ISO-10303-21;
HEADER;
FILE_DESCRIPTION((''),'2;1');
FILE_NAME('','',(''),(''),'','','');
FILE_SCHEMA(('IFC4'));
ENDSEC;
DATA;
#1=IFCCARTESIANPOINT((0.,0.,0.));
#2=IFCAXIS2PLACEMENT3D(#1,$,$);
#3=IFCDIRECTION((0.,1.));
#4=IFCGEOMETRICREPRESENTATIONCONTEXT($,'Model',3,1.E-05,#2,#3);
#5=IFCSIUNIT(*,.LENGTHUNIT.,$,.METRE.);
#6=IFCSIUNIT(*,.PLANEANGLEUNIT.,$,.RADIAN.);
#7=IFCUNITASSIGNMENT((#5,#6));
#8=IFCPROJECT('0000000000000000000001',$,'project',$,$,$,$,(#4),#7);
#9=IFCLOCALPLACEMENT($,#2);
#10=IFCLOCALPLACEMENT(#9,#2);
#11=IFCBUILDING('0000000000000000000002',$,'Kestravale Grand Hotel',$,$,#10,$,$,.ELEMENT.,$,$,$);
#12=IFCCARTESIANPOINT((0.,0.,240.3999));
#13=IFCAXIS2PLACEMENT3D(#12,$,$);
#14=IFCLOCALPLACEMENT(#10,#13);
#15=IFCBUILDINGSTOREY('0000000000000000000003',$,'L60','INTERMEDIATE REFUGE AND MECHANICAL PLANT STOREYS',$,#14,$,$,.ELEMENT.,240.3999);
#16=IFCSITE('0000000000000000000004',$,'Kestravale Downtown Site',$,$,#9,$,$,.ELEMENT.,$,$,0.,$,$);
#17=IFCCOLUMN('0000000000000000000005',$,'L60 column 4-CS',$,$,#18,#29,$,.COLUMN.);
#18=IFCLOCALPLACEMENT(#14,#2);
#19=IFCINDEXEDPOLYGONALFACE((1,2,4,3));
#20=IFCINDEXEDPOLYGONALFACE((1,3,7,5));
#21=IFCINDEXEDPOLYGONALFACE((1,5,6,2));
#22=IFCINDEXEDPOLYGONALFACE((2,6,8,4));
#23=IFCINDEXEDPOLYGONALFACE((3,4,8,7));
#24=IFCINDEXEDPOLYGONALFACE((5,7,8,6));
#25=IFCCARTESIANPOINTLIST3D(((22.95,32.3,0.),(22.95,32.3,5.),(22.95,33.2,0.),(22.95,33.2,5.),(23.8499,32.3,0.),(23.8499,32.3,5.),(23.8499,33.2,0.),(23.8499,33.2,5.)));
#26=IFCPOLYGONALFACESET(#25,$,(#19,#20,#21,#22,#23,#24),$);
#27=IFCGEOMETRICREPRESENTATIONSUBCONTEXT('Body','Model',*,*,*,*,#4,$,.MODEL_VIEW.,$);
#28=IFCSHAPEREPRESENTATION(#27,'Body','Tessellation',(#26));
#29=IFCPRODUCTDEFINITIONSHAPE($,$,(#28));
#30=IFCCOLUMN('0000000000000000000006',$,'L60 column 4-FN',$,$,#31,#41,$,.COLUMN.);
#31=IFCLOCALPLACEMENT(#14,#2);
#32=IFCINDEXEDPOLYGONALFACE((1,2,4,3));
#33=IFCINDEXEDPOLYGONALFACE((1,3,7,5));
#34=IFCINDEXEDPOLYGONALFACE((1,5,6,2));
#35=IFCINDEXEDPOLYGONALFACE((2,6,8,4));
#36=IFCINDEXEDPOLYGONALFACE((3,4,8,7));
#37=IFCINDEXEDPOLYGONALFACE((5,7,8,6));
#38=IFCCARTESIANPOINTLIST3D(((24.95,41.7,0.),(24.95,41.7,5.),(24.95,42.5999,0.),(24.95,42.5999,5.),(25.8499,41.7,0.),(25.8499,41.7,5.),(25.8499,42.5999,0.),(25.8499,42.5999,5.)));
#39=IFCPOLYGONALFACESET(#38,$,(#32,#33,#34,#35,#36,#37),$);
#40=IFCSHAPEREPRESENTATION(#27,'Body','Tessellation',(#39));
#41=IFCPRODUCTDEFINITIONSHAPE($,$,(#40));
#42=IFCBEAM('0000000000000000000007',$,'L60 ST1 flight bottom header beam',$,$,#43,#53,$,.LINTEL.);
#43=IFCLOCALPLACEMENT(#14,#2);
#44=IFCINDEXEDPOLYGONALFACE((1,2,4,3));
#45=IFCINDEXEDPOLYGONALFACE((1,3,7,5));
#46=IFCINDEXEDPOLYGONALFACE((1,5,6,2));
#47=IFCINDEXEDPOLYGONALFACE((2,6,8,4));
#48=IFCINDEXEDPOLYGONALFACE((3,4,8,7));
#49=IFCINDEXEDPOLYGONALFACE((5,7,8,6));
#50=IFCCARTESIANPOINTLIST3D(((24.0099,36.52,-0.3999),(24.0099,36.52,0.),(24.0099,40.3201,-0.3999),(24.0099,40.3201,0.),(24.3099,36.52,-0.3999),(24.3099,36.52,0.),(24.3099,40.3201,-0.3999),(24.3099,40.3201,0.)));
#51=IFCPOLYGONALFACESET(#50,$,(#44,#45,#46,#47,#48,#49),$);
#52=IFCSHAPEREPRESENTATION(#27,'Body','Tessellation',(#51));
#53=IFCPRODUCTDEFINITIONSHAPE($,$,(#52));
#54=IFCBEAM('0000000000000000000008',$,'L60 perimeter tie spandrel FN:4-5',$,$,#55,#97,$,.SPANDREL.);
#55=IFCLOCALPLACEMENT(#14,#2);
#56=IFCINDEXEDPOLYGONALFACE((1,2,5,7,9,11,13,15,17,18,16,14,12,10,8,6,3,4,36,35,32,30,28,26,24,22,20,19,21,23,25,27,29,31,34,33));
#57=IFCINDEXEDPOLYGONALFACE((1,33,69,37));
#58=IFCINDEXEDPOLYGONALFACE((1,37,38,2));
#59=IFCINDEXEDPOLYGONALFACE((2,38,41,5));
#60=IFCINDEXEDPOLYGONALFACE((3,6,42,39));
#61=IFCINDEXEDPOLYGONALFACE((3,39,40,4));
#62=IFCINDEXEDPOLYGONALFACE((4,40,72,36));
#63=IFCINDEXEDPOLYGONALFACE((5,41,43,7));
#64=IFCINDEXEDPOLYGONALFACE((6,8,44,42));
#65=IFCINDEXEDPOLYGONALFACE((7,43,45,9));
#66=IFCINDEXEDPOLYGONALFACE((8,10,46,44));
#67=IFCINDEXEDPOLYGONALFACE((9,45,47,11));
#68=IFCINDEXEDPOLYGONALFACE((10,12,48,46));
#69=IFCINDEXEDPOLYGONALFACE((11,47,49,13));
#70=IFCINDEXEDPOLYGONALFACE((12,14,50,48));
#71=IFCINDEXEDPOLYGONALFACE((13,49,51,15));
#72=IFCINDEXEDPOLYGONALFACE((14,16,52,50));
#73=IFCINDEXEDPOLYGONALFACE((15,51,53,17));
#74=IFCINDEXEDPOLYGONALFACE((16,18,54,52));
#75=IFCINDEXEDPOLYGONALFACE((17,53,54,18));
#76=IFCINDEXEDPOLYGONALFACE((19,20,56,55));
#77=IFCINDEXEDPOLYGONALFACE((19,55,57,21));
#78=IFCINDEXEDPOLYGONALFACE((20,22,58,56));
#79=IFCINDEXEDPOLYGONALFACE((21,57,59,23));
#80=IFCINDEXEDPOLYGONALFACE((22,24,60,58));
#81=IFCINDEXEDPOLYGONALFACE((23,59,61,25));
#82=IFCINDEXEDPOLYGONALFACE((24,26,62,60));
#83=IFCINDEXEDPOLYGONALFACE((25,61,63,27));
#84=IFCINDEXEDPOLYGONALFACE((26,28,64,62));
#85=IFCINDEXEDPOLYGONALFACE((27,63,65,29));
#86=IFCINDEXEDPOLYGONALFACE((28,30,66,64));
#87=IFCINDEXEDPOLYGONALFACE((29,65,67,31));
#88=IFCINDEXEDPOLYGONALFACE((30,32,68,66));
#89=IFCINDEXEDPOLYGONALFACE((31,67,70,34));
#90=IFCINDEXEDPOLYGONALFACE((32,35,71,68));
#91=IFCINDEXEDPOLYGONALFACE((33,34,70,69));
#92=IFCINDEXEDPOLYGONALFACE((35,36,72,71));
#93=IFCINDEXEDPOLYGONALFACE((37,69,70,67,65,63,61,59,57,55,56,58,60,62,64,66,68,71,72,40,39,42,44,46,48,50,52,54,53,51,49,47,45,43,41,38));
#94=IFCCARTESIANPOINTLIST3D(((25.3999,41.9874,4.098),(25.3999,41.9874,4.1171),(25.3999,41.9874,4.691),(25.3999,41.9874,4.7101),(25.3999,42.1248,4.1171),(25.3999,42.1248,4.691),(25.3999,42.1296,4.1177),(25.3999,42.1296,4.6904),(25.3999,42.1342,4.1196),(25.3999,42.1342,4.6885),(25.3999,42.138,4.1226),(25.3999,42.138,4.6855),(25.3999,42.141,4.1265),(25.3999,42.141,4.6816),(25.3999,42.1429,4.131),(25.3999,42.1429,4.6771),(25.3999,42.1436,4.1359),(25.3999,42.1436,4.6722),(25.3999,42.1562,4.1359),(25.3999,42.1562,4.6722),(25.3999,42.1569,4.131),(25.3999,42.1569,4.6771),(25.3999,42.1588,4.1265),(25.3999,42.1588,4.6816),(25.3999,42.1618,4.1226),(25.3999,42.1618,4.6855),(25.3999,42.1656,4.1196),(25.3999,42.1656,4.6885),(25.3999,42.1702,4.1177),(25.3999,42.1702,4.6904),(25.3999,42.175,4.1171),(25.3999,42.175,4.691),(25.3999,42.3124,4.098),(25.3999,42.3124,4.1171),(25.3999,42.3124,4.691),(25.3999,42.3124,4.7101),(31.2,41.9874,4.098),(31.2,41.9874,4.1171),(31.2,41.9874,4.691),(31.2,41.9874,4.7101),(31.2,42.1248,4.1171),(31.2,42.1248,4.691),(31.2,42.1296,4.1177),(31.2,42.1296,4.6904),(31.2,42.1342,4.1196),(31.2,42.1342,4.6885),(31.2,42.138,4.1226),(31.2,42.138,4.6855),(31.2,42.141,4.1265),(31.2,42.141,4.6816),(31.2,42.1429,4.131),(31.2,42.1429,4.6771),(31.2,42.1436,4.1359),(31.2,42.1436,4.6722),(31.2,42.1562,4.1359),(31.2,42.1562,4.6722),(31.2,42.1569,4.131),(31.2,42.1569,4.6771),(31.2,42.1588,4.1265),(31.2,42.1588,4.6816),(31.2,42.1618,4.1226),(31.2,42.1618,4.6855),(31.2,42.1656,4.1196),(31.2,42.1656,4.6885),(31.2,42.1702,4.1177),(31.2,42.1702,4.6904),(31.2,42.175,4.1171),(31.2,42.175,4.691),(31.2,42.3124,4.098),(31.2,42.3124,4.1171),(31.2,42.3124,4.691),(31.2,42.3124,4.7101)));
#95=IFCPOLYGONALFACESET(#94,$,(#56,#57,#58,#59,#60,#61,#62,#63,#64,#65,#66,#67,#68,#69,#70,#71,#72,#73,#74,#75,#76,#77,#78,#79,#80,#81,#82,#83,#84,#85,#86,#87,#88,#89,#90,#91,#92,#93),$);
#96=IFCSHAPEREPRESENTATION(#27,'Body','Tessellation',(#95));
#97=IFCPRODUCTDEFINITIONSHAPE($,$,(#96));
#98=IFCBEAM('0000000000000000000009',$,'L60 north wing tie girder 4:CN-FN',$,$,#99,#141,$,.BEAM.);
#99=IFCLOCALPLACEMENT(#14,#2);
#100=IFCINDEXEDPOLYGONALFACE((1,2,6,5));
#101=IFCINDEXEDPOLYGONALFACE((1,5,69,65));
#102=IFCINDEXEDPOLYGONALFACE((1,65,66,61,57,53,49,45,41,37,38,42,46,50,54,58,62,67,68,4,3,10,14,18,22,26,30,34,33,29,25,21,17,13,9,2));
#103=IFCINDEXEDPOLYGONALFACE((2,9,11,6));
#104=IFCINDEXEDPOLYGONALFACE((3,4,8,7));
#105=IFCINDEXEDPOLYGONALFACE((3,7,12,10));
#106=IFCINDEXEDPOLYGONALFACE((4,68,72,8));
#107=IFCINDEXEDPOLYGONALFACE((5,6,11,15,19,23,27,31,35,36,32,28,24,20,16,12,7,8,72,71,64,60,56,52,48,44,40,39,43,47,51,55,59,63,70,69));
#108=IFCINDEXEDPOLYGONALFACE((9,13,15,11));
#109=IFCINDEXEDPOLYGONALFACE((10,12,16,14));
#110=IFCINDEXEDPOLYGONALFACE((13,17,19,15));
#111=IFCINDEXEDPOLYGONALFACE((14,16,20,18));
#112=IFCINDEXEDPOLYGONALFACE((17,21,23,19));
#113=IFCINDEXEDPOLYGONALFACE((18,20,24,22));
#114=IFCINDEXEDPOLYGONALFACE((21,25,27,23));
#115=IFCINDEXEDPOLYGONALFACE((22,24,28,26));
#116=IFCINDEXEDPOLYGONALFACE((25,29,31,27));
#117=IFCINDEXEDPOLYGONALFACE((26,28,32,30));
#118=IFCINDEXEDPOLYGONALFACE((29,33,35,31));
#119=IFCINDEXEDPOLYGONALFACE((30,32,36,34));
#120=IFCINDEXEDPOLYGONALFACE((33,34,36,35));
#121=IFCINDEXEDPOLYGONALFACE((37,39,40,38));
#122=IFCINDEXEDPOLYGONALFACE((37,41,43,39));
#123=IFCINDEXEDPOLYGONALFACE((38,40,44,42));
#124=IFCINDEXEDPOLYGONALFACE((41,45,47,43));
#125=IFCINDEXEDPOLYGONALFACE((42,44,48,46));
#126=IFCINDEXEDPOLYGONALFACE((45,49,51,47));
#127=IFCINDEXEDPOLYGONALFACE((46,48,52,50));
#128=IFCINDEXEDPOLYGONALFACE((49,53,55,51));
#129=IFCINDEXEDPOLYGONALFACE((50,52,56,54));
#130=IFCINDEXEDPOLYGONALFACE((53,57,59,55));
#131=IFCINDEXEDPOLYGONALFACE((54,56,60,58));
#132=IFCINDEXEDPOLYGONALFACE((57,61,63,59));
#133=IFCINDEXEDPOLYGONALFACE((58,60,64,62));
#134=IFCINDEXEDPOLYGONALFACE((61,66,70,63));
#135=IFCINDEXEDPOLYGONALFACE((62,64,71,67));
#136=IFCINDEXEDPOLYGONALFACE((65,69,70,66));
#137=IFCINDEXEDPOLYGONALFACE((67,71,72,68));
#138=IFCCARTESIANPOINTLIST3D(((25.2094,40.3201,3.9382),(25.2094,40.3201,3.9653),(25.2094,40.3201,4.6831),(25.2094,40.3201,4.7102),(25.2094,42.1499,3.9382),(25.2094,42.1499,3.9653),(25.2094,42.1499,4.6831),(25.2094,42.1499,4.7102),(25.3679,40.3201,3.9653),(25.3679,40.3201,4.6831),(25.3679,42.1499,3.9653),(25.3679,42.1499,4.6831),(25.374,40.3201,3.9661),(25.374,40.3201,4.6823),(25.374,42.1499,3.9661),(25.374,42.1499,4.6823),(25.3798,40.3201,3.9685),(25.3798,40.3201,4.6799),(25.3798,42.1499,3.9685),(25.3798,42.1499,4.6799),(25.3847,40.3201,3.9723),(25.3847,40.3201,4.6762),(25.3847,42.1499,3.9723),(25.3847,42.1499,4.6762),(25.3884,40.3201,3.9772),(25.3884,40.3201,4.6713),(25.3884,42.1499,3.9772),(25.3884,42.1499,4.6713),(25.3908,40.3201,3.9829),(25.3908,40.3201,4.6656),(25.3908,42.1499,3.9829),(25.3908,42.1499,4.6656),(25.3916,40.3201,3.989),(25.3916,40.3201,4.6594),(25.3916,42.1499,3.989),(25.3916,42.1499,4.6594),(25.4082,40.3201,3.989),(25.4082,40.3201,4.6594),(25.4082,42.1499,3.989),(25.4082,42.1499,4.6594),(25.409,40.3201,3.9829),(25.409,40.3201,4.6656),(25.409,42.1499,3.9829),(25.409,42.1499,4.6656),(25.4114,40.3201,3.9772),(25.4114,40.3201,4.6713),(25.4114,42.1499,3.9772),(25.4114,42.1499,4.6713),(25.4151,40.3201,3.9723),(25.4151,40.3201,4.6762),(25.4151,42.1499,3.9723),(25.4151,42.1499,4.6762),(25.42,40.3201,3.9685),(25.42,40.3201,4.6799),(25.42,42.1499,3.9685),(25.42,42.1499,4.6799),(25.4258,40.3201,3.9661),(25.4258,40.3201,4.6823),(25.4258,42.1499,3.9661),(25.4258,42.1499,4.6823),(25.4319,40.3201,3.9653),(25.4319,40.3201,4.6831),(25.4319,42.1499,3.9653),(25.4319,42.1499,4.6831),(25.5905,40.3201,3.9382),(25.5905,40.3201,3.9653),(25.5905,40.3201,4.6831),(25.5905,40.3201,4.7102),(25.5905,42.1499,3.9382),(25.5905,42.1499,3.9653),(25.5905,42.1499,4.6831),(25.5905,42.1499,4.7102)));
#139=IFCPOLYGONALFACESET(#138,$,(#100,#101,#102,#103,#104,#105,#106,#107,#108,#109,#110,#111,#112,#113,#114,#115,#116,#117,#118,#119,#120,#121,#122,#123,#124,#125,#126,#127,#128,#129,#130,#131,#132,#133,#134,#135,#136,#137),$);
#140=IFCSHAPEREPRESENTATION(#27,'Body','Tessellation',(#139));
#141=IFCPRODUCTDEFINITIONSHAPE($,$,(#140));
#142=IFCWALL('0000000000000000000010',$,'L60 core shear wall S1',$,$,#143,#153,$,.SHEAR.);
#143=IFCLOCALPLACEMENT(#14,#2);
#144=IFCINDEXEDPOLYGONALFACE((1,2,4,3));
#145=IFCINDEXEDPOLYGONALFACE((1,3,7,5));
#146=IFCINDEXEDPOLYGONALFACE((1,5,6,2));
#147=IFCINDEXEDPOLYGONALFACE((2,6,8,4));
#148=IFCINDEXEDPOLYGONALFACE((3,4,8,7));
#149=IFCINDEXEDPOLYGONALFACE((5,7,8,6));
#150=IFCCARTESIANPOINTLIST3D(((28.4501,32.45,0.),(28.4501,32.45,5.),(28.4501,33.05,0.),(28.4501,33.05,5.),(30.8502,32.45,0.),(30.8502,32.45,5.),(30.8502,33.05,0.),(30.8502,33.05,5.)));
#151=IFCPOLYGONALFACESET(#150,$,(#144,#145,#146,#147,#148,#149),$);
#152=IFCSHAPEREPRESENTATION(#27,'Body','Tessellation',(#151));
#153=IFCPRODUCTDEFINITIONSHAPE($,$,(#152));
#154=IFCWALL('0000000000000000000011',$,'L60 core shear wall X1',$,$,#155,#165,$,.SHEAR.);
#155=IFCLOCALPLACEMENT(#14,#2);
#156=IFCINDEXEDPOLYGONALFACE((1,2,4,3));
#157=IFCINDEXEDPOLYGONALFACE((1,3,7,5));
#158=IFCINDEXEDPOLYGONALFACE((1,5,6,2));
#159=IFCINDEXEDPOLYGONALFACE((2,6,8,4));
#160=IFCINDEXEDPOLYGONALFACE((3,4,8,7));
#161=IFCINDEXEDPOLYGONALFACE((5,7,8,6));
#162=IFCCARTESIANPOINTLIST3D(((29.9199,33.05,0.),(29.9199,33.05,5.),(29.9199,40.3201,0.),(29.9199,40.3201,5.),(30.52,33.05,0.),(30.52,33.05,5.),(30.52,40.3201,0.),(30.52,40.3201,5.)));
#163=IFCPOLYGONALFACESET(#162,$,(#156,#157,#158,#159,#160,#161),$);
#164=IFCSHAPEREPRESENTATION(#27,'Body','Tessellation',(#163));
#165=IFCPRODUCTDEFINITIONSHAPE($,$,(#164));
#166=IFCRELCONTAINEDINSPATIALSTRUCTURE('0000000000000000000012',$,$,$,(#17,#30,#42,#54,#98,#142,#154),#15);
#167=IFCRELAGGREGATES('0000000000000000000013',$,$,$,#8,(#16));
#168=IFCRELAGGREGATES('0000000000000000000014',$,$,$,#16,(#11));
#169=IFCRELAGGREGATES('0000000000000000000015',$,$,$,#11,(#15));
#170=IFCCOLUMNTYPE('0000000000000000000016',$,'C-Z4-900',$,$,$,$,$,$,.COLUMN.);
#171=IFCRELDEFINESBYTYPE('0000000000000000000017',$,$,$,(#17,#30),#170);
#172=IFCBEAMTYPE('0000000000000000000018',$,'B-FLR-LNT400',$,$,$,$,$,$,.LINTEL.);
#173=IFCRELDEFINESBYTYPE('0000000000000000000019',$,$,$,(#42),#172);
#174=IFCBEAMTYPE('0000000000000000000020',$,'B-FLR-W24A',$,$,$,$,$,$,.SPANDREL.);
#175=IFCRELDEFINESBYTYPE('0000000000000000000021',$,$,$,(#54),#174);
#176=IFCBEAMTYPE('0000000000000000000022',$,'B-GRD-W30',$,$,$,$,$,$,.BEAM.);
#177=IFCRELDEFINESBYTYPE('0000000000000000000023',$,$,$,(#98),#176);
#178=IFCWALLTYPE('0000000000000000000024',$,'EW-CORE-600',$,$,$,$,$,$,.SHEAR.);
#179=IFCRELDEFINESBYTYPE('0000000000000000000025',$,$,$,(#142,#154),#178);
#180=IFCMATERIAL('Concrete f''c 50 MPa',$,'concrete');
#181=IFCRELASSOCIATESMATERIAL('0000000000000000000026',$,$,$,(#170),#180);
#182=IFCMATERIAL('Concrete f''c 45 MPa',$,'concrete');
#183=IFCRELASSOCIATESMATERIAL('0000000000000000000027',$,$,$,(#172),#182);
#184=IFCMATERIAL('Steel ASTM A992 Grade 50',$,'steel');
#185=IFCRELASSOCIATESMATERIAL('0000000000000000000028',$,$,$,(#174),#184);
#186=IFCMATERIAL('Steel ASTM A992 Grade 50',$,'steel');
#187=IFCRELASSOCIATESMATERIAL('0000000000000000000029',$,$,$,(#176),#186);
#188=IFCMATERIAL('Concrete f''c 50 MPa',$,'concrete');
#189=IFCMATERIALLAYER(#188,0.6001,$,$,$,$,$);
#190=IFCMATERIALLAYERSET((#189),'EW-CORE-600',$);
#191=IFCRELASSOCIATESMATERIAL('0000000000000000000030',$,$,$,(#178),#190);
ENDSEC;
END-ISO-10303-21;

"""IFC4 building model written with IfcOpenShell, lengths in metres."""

from ifc_helpers import new_model, si_unit, direction, frame, frame_2d, origin, origin_2d, place, context, subcontext, project, spatial, rectangle, i_section, extrude, material, layer, layer_set, material_profile, profile_set, type_object, element, save


model = new_model("IFC4")

# Units and contexts
model_context = context("Model", 3, precision=1e-05, world=origin(), true_north=direction((0.0, 1.0)))
body_context = subcontext(model_context, "Body", "Model", "MODEL_VIEW")
ifc_project = project(units=[si_unit("LENGTHUNIT", "METRE"), si_unit("PLANEANGLEUNIT", "RADIAN")], contexts=[model_context])

# Site, building, storey
site_placement = place(None, origin())
site = spatial("IfcSite", under=ifc_project, at=site_placement, Name="Kestravale Downtown Site", CompositionType="ELEMENT", RefElevation=0.0)
building_placement = place(site_placement, origin())
building = spatial("IfcBuilding", under=site, at=building_placement, Name="Kestravale Grand Hotel", CompositionType="ELEMENT")
storey_placement = place(building_placement, frame((0.0, 0.0, 240.3999)))
storey = spatial("IfcBuildingStorey", under=building, at=storey_placement, Name="L60", Description="INTERMEDIATE REFUGE AND MECHANICAL PLANT STOREYS", CompositionType="ELEMENT", Elevation=240.3999)

# Columns
ifc_material_1 = material(Name="Concrete f'c 50 MPa", Category="concrete")
ifc_material_profile_1 = material_profile(ifc_material_1, rectangle(XDim=0.8999, YDim=0.8999, at=origin_2d()))
ifc_profile_set_1 = profile_set([ifc_material_profile_1], Name="Concrete f'c 50 MPa")
column_type = type_object("IfcColumnType", Name="C-Z4-900", PredefinedType="COLUMN", material=ifc_profile_set_1)
for number, where, z_axis, x_axis, name in (
    (1, (23.3999, 32.75, 0.0), (0.0, 0.0, 1.0), (1.0, 0.0, 0.0), "L60 column 4-CS"),
    (2, (25.3999, 42.1499, 0.0), (0.0, 0.0, 1.0), (1.0, 0.0, 0.0), "L60 column 4-FN"),
):
    element("IfcColumn", number, at=place(storey_placement, frame(where, z_axis=z_axis, x_axis=x_axis)), inside=storey, type_object=column_type, Name=name, PredefinedType="COLUMN", context=body_context, shape_type="SweptSolid", body=[
        extrude(rectangle(XDim=0.8999, YDim=0.8999, at=origin_2d()), origin(), (0.0, 0.0, 1.0), 5.0),
    ])

# Beams
ifc_material_2 = material(Name="Concrete f'c 45 MPa", Category="concrete")
ifc_material_profile_2 = material_profile(ifc_material_2, rectangle(XDim=0.3, YDim=0.3999, at=origin_2d()))
ifc_profile_set_2 = profile_set([ifc_material_profile_2], Name="Concrete f'c 45 MPa")
beam_type_1 = type_object("IfcBeamType", Name="B-FLR-LNT400", PredefinedType="LINTEL", material=ifc_profile_set_2)
beam_1_placement = place(storey_placement, frame((24.1599, 36.52, -0.2), z_axis=(0.0, 1.0, 0.0), x_axis=(-1.0, 0.0, 0.0)))
element("IfcBeam", 3, at=beam_1_placement, inside=storey, type_object=beam_type_1, Name="L60 ST1 flight bottom header beam", PredefinedType="LINTEL", context=body_context, shape_type="SweptSolid", body=[
    extrude(rectangle(XDim=0.3, YDim=0.3999, at=origin_2d()), origin(), (0.0, 0.0, 1.0), 3.8),
])
ifc_material_3 = material(Name="Steel ASTM A992 Grade 50", Category="steel")
ifc_material_profile_3 = material_profile(ifc_material_3, i_section(OverallWidth=0.325, OverallDepth=0.6121, WebThickness=0.0127, FlangeThickness=0.019, FilletRadius=0.0188, at=origin_2d()))
ifc_profile_set_3 = profile_set([ifc_material_profile_3], Name="Steel ASTM A992 Grade 50")
beam_type_2 = type_object("IfcBeamType", Name="B-FLR-W24A", PredefinedType="SPANDREL", material=ifc_profile_set_3)
beam_2_placement = place(storey_placement, frame((25.3999, 42.1499, 4.4041), z_axis=(1.0, 0.0, 0.0), x_axis=(0.0, 1.0, 0.0)))
element("IfcBeam", 4, at=beam_2_placement, inside=storey, type_object=beam_type_2, Name="L60 perimeter tie spandrel FN:4-5", PredefinedType="SPANDREL", context=body_context, shape_type="SweptSolid", body=[
    extrude(i_section(OverallWidth=0.325, OverallDepth=0.6121, WebThickness=0.0127, FlangeThickness=0.019, FilletRadius=0.0188, at=origin_2d()), origin(), (0.0, 0.0, 1.0), 5.8),
])
ifc_material_4 = material(Name="Steel ASTM A992 Grade 50", Category="steel")
ifc_material_profile_4 = material_profile(ifc_material_4, i_section(OverallWidth=0.3811, OverallDepth=0.772, WebThickness=0.0166, FlangeThickness=0.0271, FilletRadius=0.0237, at=origin_2d()))
ifc_profile_set_4 = profile_set([ifc_material_profile_4], Name="Steel ASTM A992 Grade 50")
beam_type_3 = type_object("IfcBeamType", Name="B-GRD-W30", PredefinedType="BEAM", material=ifc_profile_set_4)
beam_3_placement = place(storey_placement, frame((25.3999, 40.3201, 4.3242), z_axis=(0.0, 1.0, 0.0), x_axis=(-1.0, 0.0, 0.0)))
element("IfcBeam", 5, at=beam_3_placement, inside=storey, type_object=beam_type_3, Name="L60 north wing tie girder 4:CN-FN", PredefinedType="BEAM", context=body_context, shape_type="SweptSolid", body=[
    extrude(i_section(OverallWidth=0.3811, OverallDepth=0.772, WebThickness=0.0166, FlangeThickness=0.0271, FilletRadius=0.0237, at=origin_2d()), origin(), (0.0, 0.0, 1.0), 1.8298),
])

# Walls
ifc_material_5 = material(Name="Concrete f'c 50 MPa", Category="concrete")
ifc_layer_1 = layer(ifc_material_5, 0.6001)
ifc_layer_set_1 = layer_set([ifc_layer_1], Name="EW-CORE-600")
wall_type_1 = type_object("IfcWallType", Name="EW-CORE-600", PredefinedType="SHEAR", material=ifc_layer_set_1)
wall_1_placement = place(storey_placement, frame((28.45, 32.75, 0.0), z_axis=(0.0, 0.0, 1.0), x_axis=(1.0, 0.0, 0.0)))
element("IfcWall", 6, at=wall_1_placement, inside=storey, type_object=wall_type_1, Name="L60 core shear wall S1", PredefinedType="SHEAR", context=body_context, shape_type="SweptSolid", body=[
    extrude(rectangle(XDim=2.4001, YDim=0.6001, at=frame_2d((1.2002, 0.0))), origin(), (0.0, 0.0, 1.0), 5.0),
])
wall_2_placement = place(storey_placement, frame((30.22, 33.05, 0.0), z_axis=(0.0, 0.0, 1.0), x_axis=(0.0, 1.0, 0.0)))
element("IfcWall", 7, at=wall_2_placement, inside=storey, type_object=wall_type_1, Name="L60 core shear wall X1", PredefinedType="SHEAR", context=body_context, shape_type="SweptSolid", body=[
    extrude(rectangle(XDim=7.27, YDim=0.6001, at=frame_2d((3.635, 0.0))), origin(), (0.0, 0.0, 1.0), 5.0),
])

save(model, "model.ifc")
